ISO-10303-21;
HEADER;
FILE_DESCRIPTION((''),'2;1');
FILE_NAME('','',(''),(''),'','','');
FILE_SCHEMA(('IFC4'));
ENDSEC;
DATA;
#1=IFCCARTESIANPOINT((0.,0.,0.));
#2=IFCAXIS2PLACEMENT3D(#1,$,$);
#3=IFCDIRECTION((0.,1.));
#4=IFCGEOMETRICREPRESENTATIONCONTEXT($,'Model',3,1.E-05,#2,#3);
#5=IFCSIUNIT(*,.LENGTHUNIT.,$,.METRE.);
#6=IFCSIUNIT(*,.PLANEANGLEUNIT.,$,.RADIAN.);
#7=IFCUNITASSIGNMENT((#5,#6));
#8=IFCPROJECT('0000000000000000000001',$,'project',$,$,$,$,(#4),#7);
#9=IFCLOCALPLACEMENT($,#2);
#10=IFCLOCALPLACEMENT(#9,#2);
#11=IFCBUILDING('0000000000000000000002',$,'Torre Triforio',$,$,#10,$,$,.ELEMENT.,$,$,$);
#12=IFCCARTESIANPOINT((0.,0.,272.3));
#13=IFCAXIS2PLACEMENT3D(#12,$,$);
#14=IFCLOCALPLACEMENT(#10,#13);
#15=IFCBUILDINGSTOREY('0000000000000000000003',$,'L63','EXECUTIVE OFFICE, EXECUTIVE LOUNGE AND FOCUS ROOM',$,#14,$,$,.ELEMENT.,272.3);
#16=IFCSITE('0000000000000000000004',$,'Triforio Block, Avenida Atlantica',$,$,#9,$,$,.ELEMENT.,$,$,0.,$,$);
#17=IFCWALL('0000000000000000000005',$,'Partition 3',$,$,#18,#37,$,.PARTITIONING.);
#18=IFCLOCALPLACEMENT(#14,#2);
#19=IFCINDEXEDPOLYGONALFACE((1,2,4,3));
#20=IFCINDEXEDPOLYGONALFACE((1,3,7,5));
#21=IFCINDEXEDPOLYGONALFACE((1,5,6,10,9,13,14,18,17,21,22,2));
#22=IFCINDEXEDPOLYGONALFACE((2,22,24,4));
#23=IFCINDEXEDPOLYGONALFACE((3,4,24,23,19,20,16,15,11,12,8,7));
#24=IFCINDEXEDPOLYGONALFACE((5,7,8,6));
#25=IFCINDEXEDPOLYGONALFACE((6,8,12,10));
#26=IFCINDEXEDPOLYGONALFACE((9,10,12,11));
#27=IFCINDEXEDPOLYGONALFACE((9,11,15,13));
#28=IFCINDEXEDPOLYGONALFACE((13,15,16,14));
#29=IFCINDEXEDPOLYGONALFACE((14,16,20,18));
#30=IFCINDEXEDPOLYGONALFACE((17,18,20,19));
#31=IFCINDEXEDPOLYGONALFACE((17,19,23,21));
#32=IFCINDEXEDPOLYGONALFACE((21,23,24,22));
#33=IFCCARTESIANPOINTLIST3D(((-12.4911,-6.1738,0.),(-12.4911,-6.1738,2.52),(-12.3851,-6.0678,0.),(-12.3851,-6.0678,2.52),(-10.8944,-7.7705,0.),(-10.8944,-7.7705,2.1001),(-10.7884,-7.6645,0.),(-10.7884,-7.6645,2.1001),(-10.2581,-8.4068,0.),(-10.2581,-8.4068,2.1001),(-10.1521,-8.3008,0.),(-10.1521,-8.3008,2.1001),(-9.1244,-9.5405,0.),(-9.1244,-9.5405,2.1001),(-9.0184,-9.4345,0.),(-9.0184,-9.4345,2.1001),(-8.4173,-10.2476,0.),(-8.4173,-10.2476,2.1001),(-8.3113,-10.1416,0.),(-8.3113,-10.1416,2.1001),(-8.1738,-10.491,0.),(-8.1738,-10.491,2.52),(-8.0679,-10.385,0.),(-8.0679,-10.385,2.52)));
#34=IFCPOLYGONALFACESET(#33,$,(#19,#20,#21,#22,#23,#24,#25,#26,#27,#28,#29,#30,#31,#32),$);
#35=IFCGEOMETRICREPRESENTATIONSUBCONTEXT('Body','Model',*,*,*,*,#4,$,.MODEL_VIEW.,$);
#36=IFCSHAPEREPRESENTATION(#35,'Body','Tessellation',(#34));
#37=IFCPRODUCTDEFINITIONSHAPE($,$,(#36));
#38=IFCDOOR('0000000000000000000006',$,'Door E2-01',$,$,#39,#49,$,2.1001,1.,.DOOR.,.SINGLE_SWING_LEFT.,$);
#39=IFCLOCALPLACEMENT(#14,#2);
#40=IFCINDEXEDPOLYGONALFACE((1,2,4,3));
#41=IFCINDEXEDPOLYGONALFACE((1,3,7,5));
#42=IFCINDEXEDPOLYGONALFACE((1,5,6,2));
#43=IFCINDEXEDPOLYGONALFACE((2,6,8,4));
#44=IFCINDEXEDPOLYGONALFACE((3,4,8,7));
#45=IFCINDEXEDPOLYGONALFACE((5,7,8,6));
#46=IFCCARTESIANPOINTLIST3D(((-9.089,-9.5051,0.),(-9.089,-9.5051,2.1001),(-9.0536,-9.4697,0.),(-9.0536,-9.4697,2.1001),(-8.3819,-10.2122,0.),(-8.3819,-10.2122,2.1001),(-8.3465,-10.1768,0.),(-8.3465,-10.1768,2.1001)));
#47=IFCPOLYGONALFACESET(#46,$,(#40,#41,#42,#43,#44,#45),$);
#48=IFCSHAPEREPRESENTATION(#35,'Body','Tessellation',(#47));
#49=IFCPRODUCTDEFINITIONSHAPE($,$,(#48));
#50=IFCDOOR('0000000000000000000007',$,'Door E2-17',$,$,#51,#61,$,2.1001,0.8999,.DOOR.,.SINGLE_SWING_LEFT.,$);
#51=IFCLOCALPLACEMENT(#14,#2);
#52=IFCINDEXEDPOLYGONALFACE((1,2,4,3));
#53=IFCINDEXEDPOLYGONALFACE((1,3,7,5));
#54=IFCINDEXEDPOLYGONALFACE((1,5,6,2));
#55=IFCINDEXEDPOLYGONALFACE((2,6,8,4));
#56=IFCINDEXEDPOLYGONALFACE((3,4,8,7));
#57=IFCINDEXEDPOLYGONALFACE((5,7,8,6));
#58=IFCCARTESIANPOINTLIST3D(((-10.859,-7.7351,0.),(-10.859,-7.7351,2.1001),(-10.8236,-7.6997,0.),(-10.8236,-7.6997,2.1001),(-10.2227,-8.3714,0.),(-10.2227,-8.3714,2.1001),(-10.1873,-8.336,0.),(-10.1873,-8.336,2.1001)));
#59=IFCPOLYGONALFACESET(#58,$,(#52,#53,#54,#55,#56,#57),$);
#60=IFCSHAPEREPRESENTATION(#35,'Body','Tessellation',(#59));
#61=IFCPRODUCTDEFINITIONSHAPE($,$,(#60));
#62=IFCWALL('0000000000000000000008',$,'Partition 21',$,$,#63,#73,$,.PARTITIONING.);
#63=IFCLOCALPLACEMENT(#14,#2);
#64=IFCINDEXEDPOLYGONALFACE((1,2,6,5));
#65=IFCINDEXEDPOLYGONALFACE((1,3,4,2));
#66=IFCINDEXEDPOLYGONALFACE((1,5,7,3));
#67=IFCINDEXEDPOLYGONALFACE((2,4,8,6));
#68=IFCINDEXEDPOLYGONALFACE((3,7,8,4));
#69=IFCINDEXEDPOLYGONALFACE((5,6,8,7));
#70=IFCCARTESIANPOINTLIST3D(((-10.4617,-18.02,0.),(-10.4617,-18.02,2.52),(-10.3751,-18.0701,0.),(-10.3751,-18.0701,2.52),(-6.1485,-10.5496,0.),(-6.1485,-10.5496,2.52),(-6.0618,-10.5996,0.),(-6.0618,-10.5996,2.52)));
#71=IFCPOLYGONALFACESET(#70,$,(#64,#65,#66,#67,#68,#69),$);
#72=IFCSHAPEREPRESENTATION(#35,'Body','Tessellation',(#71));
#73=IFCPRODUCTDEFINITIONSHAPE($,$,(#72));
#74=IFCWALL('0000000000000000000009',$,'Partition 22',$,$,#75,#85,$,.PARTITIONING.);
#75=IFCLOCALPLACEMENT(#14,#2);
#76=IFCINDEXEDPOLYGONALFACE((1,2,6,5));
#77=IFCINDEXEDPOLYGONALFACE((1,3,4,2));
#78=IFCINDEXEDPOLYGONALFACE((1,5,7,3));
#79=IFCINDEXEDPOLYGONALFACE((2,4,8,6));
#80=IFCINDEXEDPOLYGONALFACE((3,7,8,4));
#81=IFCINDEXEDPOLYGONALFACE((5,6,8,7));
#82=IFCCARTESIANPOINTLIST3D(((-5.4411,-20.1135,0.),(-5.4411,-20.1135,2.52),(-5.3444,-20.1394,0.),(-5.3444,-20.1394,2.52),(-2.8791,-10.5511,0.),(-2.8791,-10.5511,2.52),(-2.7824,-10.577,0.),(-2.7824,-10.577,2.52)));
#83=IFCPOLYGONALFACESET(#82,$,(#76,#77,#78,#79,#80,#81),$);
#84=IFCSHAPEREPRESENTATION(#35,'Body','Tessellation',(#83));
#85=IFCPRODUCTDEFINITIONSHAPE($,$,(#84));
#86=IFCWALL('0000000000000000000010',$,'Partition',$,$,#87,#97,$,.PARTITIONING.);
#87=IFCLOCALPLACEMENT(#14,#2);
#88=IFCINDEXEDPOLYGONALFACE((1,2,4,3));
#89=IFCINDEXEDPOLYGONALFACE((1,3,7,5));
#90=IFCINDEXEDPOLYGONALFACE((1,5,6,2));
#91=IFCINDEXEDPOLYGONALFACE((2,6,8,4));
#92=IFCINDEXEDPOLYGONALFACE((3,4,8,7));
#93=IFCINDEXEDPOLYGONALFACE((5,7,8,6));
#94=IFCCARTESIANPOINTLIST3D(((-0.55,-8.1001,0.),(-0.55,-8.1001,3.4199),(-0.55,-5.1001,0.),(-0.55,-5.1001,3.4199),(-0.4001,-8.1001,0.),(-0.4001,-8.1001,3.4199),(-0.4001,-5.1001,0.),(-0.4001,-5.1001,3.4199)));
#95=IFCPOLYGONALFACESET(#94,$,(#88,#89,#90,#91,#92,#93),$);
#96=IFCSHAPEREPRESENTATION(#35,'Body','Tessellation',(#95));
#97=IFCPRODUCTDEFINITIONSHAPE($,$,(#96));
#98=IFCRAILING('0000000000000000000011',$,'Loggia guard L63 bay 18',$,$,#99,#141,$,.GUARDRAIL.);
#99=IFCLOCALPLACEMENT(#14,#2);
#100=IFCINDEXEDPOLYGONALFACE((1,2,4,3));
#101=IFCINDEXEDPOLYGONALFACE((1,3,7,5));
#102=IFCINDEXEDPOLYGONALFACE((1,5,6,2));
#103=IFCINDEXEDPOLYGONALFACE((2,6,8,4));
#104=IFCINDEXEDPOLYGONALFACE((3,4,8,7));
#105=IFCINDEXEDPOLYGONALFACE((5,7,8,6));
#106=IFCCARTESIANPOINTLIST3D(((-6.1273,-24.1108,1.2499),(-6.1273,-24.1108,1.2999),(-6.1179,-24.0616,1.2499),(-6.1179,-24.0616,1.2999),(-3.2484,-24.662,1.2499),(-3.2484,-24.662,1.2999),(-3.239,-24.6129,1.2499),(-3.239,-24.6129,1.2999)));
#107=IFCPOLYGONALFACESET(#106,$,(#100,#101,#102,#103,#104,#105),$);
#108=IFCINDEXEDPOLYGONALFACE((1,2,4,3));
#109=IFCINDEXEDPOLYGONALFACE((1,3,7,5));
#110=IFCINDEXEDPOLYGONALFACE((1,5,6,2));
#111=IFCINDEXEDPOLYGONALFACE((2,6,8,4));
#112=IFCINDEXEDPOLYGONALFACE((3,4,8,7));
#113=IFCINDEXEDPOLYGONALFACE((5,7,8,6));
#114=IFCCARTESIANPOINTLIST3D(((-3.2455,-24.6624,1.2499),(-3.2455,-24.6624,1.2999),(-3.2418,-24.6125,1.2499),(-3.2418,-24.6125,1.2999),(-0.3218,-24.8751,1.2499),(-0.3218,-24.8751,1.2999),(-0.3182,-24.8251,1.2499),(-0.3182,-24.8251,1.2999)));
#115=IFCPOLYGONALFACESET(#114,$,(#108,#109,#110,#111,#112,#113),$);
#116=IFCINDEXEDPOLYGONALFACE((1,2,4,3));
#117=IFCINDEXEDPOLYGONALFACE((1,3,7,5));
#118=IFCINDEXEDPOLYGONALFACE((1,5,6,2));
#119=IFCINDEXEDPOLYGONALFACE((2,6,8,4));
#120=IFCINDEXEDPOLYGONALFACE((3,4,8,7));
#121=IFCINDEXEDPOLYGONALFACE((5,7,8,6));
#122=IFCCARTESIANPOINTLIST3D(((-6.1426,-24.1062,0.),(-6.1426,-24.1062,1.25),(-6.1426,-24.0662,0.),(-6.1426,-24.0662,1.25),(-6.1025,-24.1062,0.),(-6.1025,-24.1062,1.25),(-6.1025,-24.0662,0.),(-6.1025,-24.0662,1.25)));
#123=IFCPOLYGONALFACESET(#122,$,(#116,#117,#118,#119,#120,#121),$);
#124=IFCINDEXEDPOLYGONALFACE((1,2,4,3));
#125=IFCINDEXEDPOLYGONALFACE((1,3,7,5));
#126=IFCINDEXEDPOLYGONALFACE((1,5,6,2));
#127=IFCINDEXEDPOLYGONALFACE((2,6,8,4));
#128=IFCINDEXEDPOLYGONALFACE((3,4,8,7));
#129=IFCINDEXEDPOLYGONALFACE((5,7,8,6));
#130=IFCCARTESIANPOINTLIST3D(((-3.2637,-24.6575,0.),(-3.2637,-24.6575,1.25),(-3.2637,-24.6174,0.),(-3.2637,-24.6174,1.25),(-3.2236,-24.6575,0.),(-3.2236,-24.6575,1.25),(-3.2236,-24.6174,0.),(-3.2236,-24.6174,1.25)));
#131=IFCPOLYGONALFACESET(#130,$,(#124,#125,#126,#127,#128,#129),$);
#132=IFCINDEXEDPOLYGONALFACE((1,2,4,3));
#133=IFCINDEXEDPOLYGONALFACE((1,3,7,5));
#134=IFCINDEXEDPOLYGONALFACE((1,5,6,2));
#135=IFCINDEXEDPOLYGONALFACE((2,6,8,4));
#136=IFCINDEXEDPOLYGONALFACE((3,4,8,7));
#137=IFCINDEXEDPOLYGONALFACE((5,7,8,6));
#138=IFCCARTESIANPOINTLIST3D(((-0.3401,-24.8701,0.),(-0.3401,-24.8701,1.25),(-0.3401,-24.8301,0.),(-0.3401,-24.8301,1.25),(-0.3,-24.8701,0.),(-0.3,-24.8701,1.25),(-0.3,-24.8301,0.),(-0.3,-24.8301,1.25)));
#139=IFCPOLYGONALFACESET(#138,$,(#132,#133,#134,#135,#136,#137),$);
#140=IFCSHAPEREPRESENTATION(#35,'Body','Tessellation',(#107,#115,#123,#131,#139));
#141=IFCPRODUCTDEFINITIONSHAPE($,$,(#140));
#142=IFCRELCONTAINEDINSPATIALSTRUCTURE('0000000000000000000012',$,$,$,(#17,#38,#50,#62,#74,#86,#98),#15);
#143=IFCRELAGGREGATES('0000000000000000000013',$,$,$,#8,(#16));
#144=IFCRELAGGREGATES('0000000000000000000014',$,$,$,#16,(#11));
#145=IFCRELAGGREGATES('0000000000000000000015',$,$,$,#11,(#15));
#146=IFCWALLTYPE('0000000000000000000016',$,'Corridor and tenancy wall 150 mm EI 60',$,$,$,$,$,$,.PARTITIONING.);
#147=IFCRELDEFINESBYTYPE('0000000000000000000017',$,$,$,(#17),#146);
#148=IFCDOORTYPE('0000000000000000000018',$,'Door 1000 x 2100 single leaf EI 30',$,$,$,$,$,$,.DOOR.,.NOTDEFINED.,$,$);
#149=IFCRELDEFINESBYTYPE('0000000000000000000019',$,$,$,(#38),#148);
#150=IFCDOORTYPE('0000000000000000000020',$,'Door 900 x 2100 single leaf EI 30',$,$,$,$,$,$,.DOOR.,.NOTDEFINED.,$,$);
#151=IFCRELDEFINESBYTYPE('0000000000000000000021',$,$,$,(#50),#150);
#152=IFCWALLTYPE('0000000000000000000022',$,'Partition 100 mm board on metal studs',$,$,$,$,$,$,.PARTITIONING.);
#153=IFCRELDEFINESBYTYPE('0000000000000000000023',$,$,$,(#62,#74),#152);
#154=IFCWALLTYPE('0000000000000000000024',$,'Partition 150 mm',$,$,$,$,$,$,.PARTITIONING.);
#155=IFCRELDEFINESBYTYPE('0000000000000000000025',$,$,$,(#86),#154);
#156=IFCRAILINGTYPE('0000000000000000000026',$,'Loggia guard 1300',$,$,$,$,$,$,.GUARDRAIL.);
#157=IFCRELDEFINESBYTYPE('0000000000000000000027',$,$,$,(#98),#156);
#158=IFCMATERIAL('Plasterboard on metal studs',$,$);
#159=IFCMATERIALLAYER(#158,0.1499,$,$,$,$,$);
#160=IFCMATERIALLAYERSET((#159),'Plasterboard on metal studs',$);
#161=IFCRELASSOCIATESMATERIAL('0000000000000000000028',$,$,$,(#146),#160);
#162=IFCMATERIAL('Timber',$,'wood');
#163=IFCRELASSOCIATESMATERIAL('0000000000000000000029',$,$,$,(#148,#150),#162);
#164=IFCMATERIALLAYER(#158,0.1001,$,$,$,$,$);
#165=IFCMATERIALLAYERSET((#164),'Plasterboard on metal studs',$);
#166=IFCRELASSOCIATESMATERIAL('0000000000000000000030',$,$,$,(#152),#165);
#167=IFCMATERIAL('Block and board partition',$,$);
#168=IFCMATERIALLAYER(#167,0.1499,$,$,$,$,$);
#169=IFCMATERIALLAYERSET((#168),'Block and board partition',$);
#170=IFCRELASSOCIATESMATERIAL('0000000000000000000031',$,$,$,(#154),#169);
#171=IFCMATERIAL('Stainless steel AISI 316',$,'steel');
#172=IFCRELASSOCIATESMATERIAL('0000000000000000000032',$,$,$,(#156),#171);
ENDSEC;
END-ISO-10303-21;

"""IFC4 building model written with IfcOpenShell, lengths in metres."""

from ifc_helpers import new_model, si_unit, direction, frame, frame_2d, origin, origin_2d, place, context, subcontext, project, spatial, rectangle, extrude, material, layer, layer_set, type_object, element, fill, save


model = new_model("IFC4")

# Units and contexts
model_context = context("Model", 3, precision=1e-05, world=origin(), true_north=direction((0.0, 1.0)))
body_context = subcontext(model_context, "Body", "Model", "MODEL_VIEW")
ifc_project = project(units=[si_unit("LENGTHUNIT", "METRE"), si_unit("PLANEANGLEUNIT", "RADIAN")], contexts=[model_context])

# Site, building, storey
site_placement = place(None, origin())
site = spatial("IfcSite", under=ifc_project, at=site_placement, Name="Triforio Block, Avenida Atlantica", CompositionType="ELEMENT", RefElevation=0.0)
building_placement = place(site_placement, origin())
building = spatial("IfcBuilding", under=site, at=building_placement, Name="Torre Triforio", CompositionType="ELEMENT")
storey_placement = place(building_placement, frame((0.0, 0.0, 272.3)))
storey = spatial("IfcBuildingStorey", under=building, at=storey_placement, Name="L63", Description="EXECUTIVE OFFICE, EXECUTIVE LOUNGE AND FOCUS ROOM", CompositionType="ELEMENT", Elevation=272.3)

# Wall, openings, doors
ifc_material_1 = material(Name="Plasterboard on metal studs")
ifc_layer_1 = layer(ifc_material_1, 0.1499)
ifc_layer_set_1 = layer_set([ifc_layer_1], Name="Plasterboard on metal studs")
wall_type_1 = type_object("IfcWallType", Name="Corridor and tenancy wall 150 mm EI 60", PredefinedType="PARTITIONING", material=ifc_layer_set_1)
wall_1_placement = place(storey_placement, frame((-8.1208, -10.438, 0.0), z_axis=(0.0, 0.0, 1.0), x_axis=(-0.707107, 0.707107, 0.0)))
wall_1 = element("IfcWall", 1, at=wall_1_placement, inside=storey, type_object=wall_type_1, Name="Partition 3", PredefinedType="PARTITIONING", context=body_context, shape_type="SweptSolid", body=[
    extrude(rectangle(XDim=6.1055, YDim=0.1499, at=frame_2d((3.0527, 0.0))), origin(), (0.0, 0.0, 1.0), 2.52),
])
opening_1_placement = place(wall_1_placement, frame((0.3442, 0.0, 0.0)))
opening_1 = element("IfcOpeningElement", 2, at=opening_1_placement, cuts=wall_1, PredefinedType="OPENING", context=body_context, shape_type="SweptSolid", body=[
    extrude(rectangle(XDim=1.0, YDim=2.1001, at=frame_2d((0.5, 1.05))), frame((0.0, 0.085, 0.0), z_axis=(0.0, -1.0, 0.0), x_axis=(1.0, 0.0, 0.0)), (0.0, 0.0, 1.0), 0.1699),
])
opening_2_placement = place(wall_1_placement, frame((2.9475, 0.0, 0.0)))
opening_2 = element("IfcOpeningElement", 3, at=opening_2_placement, cuts=wall_1, PredefinedType="OPENING", context=body_context, shape_type="SweptSolid", body=[
    extrude(rectangle(XDim=0.8999, YDim=2.1001, at=frame_2d((0.45, 1.05))), frame((0.0, 0.085, 0.0), z_axis=(0.0, -1.0, 0.0), x_axis=(1.0, 0.0, 0.0)), (0.0, 0.0, 1.0), 0.1699),
])
ifc_material_2 = material(Name="Timber", Category="wood")
door_type_1 = type_object("IfcDoorType", Name="Door 1000 x 2100 single leaf EI 30", OperationType="NOTDEFINED", PredefinedType="DOOR", material=ifc_material_2)
door_1_placement = place(opening_1_placement, origin())
door_1 = element("IfcDoor", 4, at=door_1_placement, inside=storey, type_object=door_type_1, Name="Door E2-01", OperationType="SINGLE_SWING_LEFT", OverallHeight=2.1001, OverallWidth=1.0, PredefinedType="DOOR", context=body_context, shape_type="SweptSolid", body=[
    extrude(rectangle(XDim=1.0, YDim=2.1001, at=frame_2d((0.5, 1.05))), frame((0.0, 0.0249, 0.0), z_axis=(0.0, -1.0, 0.0), x_axis=(1.0, 0.0, 0.0)), (0.0, 0.0, 1.0), 0.05),
])
fill(opening_1, door_1)
door_type_2 = type_object("IfcDoorType", Name="Door 900 x 2100 single leaf EI 30", OperationType="NOTDEFINED", PredefinedType="DOOR", material=ifc_material_2)
door_2_placement = place(opening_2_placement, origin())
door_2 = element("IfcDoor", 5, at=door_2_placement, inside=storey, type_object=door_type_2, Name="Door E2-17", OperationType="SINGLE_SWING_LEFT", OverallHeight=2.1001, OverallWidth=0.8999, PredefinedType="DOOR", context=body_context, shape_type="SweptSolid", body=[
    extrude(rectangle(XDim=0.8999, YDim=2.1001, at=frame_2d((0.45, 1.05))), frame((0.0, 0.0249, 0.0), z_axis=(0.0, -1.0, 0.0), x_axis=(1.0, 0.0, 0.0)), (0.0, 0.0, 1.0), 0.05),
])
fill(opening_2, door_2)

# Walls
ifc_layer_2 = layer(ifc_material_1, 0.1001)
ifc_layer_set_2 = layer_set([ifc_layer_2], Name="Plasterboard on metal studs")
wall_type_2 = type_object("IfcWallType", Name="Partition 100 mm board on metal studs", PredefinedType="PARTITIONING", material=ifc_layer_set_2)
wall_2_placement = place(storey_placement, frame((-6.1052, -10.5747, 0.0), z_axis=(0.0, 0.0, 1.0), x_axis=(-0.500014, -0.866017, 0.0)))
element("IfcWall", 6, at=wall_2_placement, inside=storey, type_object=wall_type_2, Name="Partition 21", PredefinedType="PARTITIONING", context=body_context, shape_type="SweptSolid", body=[
    extrude(rectangle(XDim=8.6262, YDim=0.1001, at=frame_2d((4.313, 0.0))), origin(), (0.0, 0.0, 1.0), 2.52),
])
wall_3_placement = place(storey_placement, frame((-2.8308, -10.5642, 0.0), z_axis=(0.0, 0.0, 1.0), x_axis=(-0.258795, -0.965932, 0.0)))
element("IfcWall", 7, at=wall_3_placement, inside=storey, type_object=wall_type_2, Name="Partition 22", PredefinedType="PARTITIONING", context=body_context, shape_type="SweptSolid", body=[
    extrude(rectangle(XDim=9.8997, YDim=0.1001, at=frame_2d((4.9497, 0.0))), origin(), (0.0, 0.0, 1.0), 2.52),
])
ifc_material_3 = material(Name="Block and board partition")
ifc_layer_3 = layer(ifc_material_3, 0.1499)
ifc_layer_set_3 = layer_set([ifc_layer_3], Name="Block and board partition")
wall_type_3 = type_object("IfcWallType", Name="Partition 150 mm", PredefinedType="PARTITIONING", material=ifc_layer_set_3)
wall_4_placement = place(storey_placement, frame((-0.4751, -8.1001, 0.0), z_axis=(0.0, 0.0, 1.0), x_axis=(0.0, 1.0, 0.0)))
element("IfcWall", 8, at=wall_4_placement, inside=storey, type_object=wall_type_3, Name="Partition", PredefinedType="PARTITIONING", context=body_context, shape_type="SweptSolid", body=[
    extrude(rectangle(XDim=3.0, YDim=0.1499, at=frame_2d((1.5, 0.0))), origin(), (0.0, 0.0, 1.0), 3.4199),
])

# Railing
ifc_material_4 = material(Name="Stainless steel AISI 316", Category="steel")
railing_type = type_object("IfcRailingType", Name="Loggia guard 1300", PredefinedType="GUARDRAIL", material=ifc_material_4)
railing_placement = place(storey_placement, frame((-6.1226, -24.0862, 0.0)))
element("IfcRailing", 9, at=railing_placement, inside=storey, type_object=railing_type, Name="Loggia guard L63 bay 18", PredefinedType="GUARDRAIL", context=body_context, shape_type="SweptSolid", body=[
    extrude(rectangle(XDim=0.05, YDim=0.05, at=origin_2d()), frame((0.0, 0.0, 1.2749), z_axis=(0.982156, -0.188069, 0.0), x_axis=(0.188069, 0.982156, 0.0)), (0.0, 0.0, 1.0), 2.9312),
    extrude(rectangle(XDim=0.05, YDim=0.05, at=origin_2d()), frame((2.8789, -0.5513, 1.2749), z_axis=(0.997365, -0.072543, 0.0), x_axis=(0.072543, 0.997365, 0.0)), (0.0, 0.0, 1.0), 2.9314),
    extrude(rectangle(XDim=0.04, YDim=0.04, at=origin_2d()), origin(), (0.0, 0.0, 1.0), 1.25),
    extrude(rectangle(XDim=0.04, YDim=0.04, at=origin_2d()), frame((2.8789, -0.5513, 0.0)), (0.0, 0.0, 1.0), 1.25),
    extrude(rectangle(XDim=0.04, YDim=0.04, at=origin_2d()), frame((5.8025, -0.7639, 0.0)), (0.0, 0.0, 1.0), 1.25),
])

save(model, "model.ifc")
